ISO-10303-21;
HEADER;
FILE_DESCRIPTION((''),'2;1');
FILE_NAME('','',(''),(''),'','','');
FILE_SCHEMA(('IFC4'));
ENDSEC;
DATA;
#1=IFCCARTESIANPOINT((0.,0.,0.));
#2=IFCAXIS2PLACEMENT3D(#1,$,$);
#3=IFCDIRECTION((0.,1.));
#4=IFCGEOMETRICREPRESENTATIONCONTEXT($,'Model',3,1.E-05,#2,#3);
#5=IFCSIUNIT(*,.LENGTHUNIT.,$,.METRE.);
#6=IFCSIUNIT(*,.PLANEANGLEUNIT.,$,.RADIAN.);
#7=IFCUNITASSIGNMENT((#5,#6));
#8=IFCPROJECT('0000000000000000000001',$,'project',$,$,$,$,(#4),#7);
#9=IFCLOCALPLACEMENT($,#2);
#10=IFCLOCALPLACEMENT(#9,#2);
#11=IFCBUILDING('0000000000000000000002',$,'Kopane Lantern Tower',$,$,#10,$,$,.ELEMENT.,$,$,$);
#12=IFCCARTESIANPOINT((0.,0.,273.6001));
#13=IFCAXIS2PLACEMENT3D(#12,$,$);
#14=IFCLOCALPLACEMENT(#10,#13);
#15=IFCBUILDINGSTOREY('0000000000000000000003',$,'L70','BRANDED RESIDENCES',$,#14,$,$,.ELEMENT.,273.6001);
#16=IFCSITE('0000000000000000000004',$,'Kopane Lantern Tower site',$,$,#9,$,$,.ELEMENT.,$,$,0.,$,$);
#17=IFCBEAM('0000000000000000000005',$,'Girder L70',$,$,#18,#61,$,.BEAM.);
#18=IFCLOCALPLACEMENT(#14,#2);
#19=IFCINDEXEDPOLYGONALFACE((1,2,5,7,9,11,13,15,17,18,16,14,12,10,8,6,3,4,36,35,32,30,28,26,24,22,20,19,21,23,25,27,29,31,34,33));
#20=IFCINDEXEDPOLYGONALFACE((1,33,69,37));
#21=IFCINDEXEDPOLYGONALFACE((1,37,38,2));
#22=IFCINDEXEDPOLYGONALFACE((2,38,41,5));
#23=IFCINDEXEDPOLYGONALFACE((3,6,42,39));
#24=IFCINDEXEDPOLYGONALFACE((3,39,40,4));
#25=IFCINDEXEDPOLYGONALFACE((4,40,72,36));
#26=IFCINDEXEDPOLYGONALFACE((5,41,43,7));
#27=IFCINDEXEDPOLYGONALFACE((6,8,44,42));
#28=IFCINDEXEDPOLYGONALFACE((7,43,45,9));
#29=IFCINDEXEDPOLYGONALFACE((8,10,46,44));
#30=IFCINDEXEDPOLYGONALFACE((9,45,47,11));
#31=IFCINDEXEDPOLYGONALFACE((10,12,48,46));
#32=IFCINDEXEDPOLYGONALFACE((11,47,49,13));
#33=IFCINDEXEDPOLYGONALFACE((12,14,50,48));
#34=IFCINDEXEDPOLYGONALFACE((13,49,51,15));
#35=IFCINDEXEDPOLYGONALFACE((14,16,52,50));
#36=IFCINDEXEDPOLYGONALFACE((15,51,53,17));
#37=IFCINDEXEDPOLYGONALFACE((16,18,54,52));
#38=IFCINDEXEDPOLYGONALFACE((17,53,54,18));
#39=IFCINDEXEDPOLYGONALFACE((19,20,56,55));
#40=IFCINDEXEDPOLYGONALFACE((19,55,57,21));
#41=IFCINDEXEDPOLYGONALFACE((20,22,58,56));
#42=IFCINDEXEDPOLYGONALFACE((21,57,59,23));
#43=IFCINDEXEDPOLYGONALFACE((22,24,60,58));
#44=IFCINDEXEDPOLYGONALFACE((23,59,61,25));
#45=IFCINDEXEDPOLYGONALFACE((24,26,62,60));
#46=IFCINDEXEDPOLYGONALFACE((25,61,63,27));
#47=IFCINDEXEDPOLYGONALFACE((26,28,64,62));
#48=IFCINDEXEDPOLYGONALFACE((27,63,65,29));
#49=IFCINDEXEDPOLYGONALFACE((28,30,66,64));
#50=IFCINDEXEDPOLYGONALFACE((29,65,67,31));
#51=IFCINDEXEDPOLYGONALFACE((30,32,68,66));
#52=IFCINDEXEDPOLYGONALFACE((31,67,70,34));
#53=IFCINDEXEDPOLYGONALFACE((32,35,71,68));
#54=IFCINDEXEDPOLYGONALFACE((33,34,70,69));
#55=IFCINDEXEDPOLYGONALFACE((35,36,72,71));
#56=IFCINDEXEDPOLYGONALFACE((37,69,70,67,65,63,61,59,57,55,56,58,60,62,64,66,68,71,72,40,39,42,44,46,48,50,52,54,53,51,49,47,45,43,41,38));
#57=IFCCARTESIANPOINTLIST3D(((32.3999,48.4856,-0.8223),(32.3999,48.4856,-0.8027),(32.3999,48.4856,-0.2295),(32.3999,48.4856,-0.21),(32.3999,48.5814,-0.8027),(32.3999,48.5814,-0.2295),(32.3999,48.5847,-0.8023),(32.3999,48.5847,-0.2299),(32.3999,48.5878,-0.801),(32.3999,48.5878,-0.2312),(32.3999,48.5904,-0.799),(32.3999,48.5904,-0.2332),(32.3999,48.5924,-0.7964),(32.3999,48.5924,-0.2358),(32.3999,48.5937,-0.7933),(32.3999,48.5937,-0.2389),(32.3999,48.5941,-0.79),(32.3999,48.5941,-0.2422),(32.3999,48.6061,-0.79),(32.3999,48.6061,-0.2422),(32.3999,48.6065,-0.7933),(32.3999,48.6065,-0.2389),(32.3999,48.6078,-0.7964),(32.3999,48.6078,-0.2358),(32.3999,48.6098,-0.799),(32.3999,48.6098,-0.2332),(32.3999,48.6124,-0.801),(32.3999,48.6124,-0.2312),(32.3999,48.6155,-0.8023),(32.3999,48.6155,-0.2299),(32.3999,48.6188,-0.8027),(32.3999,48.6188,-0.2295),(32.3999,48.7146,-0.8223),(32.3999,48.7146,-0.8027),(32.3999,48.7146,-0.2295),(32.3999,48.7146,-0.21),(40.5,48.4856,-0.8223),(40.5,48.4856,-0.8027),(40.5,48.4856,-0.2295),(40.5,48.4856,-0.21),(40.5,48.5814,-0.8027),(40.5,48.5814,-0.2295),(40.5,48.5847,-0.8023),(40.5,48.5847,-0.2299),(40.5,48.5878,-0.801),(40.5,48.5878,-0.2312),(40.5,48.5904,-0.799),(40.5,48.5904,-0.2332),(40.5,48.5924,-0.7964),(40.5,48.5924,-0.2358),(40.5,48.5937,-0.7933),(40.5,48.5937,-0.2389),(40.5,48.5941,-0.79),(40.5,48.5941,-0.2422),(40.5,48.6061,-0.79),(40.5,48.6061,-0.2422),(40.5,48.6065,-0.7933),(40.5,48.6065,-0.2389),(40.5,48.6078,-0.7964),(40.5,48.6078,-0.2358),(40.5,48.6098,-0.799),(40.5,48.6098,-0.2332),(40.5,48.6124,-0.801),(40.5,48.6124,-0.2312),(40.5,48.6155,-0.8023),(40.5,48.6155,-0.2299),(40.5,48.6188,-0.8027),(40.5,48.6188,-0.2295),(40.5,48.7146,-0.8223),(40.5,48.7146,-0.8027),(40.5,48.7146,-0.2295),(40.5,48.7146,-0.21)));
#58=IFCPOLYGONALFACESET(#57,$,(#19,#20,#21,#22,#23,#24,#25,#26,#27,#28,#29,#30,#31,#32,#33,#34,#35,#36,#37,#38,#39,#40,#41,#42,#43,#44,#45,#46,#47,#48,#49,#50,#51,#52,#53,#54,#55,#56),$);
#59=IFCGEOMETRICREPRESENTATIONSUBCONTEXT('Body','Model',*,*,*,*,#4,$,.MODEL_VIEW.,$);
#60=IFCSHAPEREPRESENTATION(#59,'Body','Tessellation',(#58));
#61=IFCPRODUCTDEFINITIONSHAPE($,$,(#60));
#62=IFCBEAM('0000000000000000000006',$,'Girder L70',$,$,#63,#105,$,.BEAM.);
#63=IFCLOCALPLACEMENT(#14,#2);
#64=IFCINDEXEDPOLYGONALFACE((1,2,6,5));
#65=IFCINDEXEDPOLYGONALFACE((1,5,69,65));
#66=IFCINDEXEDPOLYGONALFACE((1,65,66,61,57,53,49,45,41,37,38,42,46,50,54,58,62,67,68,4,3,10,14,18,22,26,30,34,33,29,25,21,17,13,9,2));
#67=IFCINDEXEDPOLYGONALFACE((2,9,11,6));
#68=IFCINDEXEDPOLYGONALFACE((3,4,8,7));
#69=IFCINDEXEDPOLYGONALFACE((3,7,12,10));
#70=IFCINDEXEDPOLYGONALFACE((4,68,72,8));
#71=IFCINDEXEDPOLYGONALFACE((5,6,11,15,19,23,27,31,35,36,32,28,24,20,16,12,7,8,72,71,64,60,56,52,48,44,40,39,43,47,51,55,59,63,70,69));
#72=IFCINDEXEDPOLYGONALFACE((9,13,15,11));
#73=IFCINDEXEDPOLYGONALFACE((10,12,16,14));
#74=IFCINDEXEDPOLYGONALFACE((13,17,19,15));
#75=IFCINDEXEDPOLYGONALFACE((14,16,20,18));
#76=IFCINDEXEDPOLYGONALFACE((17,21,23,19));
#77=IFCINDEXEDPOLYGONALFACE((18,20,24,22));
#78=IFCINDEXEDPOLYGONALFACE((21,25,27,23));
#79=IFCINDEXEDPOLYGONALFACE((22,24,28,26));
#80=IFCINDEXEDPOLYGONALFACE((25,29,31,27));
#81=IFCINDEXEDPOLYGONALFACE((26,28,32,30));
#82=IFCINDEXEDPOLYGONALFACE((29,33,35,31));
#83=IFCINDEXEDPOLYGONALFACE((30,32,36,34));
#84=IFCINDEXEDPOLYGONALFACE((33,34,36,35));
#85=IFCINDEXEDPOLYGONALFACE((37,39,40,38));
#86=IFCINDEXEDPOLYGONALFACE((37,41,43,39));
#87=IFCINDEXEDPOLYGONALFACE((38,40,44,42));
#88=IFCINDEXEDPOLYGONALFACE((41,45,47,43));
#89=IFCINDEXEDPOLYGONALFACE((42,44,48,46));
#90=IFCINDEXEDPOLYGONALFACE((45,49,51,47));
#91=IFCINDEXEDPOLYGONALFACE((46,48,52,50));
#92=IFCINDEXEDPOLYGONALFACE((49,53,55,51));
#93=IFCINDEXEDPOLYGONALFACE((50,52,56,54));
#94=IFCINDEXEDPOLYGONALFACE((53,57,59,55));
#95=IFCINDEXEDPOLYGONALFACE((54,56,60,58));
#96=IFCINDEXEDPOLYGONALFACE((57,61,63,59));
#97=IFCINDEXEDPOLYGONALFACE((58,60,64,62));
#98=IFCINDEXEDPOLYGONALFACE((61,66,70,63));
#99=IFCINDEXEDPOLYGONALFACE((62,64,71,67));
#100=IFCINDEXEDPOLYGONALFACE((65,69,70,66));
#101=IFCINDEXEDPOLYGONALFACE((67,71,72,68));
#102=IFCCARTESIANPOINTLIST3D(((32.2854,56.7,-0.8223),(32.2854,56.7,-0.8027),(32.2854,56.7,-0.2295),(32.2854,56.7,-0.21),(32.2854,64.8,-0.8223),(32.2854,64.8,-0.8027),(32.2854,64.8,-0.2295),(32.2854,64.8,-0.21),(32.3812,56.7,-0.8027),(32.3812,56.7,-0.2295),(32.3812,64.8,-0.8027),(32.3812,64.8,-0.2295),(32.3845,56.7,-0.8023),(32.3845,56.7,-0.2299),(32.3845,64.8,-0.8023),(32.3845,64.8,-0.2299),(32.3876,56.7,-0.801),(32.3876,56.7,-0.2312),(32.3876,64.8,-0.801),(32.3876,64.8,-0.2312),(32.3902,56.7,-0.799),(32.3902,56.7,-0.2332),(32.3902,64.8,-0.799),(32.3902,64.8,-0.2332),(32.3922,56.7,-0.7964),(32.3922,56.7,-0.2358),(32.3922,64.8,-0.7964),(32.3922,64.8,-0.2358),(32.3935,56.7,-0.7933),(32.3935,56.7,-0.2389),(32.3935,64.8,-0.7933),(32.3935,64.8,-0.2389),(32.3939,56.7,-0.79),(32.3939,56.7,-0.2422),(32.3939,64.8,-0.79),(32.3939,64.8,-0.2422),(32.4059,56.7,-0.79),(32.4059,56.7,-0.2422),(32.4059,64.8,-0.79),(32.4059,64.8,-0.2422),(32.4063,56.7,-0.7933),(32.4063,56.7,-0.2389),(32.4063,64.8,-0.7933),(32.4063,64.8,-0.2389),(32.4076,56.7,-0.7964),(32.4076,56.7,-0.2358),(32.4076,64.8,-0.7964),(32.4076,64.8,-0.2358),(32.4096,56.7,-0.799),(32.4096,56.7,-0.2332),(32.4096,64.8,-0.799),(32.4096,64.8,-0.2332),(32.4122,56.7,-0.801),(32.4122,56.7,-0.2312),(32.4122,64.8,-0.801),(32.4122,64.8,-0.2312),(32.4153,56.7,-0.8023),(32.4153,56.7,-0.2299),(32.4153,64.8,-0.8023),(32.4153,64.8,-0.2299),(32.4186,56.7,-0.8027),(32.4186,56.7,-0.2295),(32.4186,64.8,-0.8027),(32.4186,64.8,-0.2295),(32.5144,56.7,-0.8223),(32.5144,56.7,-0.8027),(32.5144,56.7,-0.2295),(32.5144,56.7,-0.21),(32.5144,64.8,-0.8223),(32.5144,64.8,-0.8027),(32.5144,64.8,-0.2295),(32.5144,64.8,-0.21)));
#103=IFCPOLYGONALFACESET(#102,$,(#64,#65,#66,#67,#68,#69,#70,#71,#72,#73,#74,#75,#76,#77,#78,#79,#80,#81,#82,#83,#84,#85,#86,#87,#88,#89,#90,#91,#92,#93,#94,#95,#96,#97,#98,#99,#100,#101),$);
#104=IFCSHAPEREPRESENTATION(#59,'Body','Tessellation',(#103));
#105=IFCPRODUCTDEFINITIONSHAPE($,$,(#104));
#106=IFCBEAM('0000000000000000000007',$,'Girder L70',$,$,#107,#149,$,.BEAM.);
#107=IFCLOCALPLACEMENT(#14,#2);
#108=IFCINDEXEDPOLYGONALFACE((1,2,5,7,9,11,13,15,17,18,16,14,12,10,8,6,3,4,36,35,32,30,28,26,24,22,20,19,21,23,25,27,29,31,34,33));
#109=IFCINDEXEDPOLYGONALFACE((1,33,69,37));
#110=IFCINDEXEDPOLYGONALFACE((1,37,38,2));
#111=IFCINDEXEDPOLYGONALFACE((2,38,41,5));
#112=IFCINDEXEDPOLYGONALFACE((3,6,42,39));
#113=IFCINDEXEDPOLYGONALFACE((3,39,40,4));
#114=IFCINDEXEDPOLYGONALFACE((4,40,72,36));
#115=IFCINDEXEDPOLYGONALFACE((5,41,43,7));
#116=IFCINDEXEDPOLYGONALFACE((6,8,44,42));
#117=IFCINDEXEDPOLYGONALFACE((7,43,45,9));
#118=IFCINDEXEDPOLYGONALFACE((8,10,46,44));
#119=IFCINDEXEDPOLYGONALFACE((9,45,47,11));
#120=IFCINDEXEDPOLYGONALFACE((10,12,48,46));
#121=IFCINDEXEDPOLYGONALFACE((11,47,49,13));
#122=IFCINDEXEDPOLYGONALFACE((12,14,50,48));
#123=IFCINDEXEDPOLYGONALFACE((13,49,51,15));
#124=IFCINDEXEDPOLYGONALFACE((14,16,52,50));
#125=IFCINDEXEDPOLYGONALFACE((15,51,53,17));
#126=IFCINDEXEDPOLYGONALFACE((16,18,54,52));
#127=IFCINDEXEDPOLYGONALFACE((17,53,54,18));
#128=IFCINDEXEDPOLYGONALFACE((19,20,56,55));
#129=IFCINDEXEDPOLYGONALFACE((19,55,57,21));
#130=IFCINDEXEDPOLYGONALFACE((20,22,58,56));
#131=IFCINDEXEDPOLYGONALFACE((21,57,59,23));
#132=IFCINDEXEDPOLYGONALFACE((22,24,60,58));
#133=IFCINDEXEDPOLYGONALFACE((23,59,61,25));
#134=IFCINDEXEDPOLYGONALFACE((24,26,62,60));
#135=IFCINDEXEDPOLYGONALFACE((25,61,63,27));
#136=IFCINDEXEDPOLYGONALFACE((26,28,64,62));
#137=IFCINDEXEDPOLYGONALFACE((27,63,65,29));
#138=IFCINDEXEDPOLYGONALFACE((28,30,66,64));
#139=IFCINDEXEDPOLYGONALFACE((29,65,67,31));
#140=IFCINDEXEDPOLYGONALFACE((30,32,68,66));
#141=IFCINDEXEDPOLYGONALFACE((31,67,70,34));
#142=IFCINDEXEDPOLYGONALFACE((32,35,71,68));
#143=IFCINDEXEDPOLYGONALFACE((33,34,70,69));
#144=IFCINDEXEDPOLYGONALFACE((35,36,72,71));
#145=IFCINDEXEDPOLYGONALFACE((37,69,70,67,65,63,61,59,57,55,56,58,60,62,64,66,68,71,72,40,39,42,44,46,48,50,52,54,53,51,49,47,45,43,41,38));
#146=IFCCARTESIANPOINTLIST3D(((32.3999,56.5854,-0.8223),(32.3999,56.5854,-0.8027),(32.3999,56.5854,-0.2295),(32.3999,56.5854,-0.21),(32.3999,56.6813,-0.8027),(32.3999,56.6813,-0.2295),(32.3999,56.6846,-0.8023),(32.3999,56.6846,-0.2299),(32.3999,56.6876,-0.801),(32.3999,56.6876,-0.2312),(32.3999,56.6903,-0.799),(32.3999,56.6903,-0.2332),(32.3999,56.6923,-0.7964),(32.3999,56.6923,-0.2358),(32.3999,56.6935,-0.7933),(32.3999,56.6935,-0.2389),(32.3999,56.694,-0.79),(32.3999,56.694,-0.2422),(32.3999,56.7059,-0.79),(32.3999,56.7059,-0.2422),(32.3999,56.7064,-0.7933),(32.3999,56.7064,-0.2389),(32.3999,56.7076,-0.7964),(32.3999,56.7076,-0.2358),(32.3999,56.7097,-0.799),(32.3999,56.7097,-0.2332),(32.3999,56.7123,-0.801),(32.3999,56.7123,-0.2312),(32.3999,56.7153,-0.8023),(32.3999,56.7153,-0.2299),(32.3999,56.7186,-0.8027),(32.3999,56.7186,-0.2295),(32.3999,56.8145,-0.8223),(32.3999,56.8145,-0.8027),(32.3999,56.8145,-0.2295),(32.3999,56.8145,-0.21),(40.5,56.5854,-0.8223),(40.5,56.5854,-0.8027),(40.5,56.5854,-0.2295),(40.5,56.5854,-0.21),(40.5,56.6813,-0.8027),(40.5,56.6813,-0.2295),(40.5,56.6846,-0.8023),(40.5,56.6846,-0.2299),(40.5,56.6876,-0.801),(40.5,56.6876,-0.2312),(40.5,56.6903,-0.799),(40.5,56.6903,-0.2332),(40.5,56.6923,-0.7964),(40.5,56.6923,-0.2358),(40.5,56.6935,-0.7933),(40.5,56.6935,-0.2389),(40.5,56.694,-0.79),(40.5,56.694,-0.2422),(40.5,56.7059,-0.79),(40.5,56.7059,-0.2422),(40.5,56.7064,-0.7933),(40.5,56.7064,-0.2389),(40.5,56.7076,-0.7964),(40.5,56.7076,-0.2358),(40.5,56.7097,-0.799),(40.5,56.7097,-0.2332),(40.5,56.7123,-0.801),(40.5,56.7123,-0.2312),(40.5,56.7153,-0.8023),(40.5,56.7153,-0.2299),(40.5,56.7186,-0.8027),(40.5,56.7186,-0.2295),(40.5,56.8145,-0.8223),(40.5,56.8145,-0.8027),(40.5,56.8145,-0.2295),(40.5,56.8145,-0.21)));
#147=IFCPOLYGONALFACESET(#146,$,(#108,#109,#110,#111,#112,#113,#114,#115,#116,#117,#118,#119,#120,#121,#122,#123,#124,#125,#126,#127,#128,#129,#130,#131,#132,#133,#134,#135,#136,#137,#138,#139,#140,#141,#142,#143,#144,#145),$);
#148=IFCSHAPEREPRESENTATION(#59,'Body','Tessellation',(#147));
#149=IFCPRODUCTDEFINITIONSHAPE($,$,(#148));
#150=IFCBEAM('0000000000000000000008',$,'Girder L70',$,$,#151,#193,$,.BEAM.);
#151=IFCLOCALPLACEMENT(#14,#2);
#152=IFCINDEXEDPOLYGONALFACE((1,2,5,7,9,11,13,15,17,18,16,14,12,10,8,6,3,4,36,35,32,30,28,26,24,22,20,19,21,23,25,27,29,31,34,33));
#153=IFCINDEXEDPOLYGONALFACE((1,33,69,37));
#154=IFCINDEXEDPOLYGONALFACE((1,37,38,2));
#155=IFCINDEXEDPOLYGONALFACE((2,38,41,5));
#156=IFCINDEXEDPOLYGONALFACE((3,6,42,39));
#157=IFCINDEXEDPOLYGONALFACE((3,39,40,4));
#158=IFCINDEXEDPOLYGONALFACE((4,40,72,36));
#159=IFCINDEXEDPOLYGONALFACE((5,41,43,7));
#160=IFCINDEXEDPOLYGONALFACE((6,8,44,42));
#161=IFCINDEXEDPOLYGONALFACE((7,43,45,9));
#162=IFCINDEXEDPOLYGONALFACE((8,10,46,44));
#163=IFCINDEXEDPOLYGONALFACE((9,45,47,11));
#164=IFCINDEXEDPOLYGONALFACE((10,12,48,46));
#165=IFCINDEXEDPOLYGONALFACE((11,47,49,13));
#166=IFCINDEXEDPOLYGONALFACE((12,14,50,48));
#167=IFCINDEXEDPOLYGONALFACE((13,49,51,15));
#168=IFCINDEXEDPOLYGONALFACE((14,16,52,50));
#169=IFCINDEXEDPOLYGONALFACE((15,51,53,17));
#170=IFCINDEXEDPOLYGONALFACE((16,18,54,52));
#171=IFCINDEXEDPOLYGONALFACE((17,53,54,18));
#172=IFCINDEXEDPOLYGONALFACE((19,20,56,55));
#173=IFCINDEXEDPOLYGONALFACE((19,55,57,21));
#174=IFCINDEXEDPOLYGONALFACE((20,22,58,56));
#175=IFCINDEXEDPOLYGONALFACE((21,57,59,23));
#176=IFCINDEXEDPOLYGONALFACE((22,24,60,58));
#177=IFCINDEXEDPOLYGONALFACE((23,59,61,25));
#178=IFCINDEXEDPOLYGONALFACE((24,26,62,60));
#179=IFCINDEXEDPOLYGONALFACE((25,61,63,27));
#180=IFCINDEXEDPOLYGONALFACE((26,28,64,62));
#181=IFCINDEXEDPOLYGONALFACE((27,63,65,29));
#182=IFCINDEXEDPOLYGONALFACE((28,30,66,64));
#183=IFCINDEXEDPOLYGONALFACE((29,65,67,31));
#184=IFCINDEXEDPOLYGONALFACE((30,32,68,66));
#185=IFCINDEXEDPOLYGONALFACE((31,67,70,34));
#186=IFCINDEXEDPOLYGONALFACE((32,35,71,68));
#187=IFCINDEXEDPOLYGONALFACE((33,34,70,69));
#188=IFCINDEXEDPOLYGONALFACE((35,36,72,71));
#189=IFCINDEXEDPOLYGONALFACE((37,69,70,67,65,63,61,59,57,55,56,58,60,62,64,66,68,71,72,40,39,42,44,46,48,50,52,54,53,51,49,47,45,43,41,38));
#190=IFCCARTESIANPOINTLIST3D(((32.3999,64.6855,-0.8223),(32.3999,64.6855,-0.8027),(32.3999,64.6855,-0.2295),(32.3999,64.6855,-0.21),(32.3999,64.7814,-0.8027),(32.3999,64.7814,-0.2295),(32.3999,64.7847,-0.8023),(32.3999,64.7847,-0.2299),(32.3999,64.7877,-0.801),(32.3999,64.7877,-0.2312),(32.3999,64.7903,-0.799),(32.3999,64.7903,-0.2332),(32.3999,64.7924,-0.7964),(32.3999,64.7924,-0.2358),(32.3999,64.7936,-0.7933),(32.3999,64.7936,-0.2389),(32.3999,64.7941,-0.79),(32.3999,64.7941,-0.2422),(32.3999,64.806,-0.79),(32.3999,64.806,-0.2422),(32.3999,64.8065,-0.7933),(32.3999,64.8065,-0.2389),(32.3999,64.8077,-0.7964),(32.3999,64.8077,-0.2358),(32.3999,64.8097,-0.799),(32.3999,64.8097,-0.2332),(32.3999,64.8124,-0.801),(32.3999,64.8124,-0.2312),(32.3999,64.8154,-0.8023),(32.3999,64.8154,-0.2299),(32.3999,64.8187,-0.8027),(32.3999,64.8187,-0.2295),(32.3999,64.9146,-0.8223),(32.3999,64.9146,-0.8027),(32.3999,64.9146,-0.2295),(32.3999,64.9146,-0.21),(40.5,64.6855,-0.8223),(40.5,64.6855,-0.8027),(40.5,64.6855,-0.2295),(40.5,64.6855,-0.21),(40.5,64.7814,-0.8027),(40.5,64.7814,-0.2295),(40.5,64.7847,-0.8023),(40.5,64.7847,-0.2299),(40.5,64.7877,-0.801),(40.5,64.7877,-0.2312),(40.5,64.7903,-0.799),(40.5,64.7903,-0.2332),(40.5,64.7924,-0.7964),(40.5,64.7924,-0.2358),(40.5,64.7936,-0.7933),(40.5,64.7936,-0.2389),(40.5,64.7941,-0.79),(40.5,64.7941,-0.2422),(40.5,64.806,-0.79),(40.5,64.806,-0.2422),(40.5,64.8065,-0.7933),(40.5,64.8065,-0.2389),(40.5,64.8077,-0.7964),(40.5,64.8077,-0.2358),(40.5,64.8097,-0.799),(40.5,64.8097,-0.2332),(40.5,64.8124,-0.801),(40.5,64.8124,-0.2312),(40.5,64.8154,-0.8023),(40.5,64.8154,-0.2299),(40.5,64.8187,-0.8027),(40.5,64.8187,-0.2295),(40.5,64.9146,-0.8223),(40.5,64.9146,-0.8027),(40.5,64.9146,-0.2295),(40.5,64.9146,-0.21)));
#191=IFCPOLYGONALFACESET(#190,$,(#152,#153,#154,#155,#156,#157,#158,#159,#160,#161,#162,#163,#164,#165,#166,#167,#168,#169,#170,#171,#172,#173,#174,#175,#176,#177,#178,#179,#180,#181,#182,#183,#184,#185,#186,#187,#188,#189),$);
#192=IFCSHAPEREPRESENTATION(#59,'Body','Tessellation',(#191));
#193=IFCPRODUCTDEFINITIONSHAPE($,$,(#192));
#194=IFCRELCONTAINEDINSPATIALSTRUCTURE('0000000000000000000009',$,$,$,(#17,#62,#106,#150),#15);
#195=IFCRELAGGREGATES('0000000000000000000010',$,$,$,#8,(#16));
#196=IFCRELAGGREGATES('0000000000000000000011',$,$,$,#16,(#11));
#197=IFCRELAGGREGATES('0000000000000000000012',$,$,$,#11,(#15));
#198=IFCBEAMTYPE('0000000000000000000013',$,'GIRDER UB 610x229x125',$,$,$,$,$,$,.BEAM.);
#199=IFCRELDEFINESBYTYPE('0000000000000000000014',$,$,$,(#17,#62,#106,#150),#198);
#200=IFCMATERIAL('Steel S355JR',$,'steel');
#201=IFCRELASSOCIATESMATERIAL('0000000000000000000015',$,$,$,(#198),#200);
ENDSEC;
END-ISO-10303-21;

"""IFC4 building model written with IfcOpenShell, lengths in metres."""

from ifc_helpers import new_model, si_unit, direction, frame, origin, origin_2d, place, context, subcontext, project, spatial, i_section, extrude, material, material_profile, profile_set, type_object, element, save


model = new_model("IFC4")

# Units and contexts
model_context = context("Model", 3, precision=1e-05, world=origin(), true_north=direction((0.0, 1.0)))
body_context = subcontext(model_context, "Body", "Model", "MODEL_VIEW")
ifc_project = project(units=[si_unit("LENGTHUNIT", "METRE"), si_unit("PLANEANGLEUNIT", "RADIAN")], contexts=[model_context])

# Site, building, storey
site_placement = place(None, origin())
site = spatial("IfcSite", under=ifc_project, at=site_placement, Name="Kopane Lantern Tower site", CompositionType="ELEMENT", RefElevation=0.0)
building_placement = place(site_placement, origin())
building = spatial("IfcBuilding", under=site, at=building_placement, Name="Kopane Lantern Tower", CompositionType="ELEMENT")
storey_placement = place(building_placement, frame((0.0, 0.0, 273.6001)))
storey = spatial("IfcBuildingStorey", under=building, at=storey_placement, Name="L70", Description="BRANDED RESIDENCES", CompositionType="ELEMENT", Elevation=273.6001)

# Beams
ifc_material_1 = material(Name="Steel S355JR", Category="steel")
ifc_material_profile_1 = material_profile(ifc_material_1, i_section(OverallWidth=0.229, OverallDepth=0.6123, WebThickness=0.012, FlangeThickness=0.0195, FilletRadius=0.0127, at=origin_2d()), Name="UB 610x229x125")
ifc_profile_set_1 = profile_set([ifc_material_profile_1], Name="Steel S355JR")
beam_type = type_object("IfcBeamType", Name="GIRDER UB 610x229x125", PredefinedType="BEAM", material=ifc_profile_set_1)
for number, where, z_axis, x_axis, name in (
    (1, (32.3999, 48.6001, -0.5161), (1.0, 0.0, 0.0), (0.0, 1.0, 0.0), "Girder L70"),
    (2, (32.3999, 56.7, -0.5161), (0.0, 1.0, 0.0), (-1.0, 0.0, 0.0), "Girder L70"),
    (3, (32.3999, 56.7, -0.5161), (1.0, 0.0, 0.0), (0.0, 1.0, 0.0), "Girder L70"),
    (4, (32.3999, 64.8, -0.5161), (1.0, 0.0, 0.0), (0.0, 1.0, 0.0), "Girder L70"),
):
    element("IfcBeam", number, at=place(storey_placement, frame(where, z_axis=z_axis, x_axis=x_axis)), inside=storey, type_object=beam_type, Name=name, PredefinedType="BEAM", context=body_context, shape_type="SweptSolid", body=[
        extrude(i_section(OverallWidth=0.229, OverallDepth=0.6123, WebThickness=0.012, FlangeThickness=0.0195, FilletRadius=0.0127, at=origin_2d()), origin(), (0.0, 0.0, 1.0), 8.1001),
    ])

save(model, "model.ifc")
